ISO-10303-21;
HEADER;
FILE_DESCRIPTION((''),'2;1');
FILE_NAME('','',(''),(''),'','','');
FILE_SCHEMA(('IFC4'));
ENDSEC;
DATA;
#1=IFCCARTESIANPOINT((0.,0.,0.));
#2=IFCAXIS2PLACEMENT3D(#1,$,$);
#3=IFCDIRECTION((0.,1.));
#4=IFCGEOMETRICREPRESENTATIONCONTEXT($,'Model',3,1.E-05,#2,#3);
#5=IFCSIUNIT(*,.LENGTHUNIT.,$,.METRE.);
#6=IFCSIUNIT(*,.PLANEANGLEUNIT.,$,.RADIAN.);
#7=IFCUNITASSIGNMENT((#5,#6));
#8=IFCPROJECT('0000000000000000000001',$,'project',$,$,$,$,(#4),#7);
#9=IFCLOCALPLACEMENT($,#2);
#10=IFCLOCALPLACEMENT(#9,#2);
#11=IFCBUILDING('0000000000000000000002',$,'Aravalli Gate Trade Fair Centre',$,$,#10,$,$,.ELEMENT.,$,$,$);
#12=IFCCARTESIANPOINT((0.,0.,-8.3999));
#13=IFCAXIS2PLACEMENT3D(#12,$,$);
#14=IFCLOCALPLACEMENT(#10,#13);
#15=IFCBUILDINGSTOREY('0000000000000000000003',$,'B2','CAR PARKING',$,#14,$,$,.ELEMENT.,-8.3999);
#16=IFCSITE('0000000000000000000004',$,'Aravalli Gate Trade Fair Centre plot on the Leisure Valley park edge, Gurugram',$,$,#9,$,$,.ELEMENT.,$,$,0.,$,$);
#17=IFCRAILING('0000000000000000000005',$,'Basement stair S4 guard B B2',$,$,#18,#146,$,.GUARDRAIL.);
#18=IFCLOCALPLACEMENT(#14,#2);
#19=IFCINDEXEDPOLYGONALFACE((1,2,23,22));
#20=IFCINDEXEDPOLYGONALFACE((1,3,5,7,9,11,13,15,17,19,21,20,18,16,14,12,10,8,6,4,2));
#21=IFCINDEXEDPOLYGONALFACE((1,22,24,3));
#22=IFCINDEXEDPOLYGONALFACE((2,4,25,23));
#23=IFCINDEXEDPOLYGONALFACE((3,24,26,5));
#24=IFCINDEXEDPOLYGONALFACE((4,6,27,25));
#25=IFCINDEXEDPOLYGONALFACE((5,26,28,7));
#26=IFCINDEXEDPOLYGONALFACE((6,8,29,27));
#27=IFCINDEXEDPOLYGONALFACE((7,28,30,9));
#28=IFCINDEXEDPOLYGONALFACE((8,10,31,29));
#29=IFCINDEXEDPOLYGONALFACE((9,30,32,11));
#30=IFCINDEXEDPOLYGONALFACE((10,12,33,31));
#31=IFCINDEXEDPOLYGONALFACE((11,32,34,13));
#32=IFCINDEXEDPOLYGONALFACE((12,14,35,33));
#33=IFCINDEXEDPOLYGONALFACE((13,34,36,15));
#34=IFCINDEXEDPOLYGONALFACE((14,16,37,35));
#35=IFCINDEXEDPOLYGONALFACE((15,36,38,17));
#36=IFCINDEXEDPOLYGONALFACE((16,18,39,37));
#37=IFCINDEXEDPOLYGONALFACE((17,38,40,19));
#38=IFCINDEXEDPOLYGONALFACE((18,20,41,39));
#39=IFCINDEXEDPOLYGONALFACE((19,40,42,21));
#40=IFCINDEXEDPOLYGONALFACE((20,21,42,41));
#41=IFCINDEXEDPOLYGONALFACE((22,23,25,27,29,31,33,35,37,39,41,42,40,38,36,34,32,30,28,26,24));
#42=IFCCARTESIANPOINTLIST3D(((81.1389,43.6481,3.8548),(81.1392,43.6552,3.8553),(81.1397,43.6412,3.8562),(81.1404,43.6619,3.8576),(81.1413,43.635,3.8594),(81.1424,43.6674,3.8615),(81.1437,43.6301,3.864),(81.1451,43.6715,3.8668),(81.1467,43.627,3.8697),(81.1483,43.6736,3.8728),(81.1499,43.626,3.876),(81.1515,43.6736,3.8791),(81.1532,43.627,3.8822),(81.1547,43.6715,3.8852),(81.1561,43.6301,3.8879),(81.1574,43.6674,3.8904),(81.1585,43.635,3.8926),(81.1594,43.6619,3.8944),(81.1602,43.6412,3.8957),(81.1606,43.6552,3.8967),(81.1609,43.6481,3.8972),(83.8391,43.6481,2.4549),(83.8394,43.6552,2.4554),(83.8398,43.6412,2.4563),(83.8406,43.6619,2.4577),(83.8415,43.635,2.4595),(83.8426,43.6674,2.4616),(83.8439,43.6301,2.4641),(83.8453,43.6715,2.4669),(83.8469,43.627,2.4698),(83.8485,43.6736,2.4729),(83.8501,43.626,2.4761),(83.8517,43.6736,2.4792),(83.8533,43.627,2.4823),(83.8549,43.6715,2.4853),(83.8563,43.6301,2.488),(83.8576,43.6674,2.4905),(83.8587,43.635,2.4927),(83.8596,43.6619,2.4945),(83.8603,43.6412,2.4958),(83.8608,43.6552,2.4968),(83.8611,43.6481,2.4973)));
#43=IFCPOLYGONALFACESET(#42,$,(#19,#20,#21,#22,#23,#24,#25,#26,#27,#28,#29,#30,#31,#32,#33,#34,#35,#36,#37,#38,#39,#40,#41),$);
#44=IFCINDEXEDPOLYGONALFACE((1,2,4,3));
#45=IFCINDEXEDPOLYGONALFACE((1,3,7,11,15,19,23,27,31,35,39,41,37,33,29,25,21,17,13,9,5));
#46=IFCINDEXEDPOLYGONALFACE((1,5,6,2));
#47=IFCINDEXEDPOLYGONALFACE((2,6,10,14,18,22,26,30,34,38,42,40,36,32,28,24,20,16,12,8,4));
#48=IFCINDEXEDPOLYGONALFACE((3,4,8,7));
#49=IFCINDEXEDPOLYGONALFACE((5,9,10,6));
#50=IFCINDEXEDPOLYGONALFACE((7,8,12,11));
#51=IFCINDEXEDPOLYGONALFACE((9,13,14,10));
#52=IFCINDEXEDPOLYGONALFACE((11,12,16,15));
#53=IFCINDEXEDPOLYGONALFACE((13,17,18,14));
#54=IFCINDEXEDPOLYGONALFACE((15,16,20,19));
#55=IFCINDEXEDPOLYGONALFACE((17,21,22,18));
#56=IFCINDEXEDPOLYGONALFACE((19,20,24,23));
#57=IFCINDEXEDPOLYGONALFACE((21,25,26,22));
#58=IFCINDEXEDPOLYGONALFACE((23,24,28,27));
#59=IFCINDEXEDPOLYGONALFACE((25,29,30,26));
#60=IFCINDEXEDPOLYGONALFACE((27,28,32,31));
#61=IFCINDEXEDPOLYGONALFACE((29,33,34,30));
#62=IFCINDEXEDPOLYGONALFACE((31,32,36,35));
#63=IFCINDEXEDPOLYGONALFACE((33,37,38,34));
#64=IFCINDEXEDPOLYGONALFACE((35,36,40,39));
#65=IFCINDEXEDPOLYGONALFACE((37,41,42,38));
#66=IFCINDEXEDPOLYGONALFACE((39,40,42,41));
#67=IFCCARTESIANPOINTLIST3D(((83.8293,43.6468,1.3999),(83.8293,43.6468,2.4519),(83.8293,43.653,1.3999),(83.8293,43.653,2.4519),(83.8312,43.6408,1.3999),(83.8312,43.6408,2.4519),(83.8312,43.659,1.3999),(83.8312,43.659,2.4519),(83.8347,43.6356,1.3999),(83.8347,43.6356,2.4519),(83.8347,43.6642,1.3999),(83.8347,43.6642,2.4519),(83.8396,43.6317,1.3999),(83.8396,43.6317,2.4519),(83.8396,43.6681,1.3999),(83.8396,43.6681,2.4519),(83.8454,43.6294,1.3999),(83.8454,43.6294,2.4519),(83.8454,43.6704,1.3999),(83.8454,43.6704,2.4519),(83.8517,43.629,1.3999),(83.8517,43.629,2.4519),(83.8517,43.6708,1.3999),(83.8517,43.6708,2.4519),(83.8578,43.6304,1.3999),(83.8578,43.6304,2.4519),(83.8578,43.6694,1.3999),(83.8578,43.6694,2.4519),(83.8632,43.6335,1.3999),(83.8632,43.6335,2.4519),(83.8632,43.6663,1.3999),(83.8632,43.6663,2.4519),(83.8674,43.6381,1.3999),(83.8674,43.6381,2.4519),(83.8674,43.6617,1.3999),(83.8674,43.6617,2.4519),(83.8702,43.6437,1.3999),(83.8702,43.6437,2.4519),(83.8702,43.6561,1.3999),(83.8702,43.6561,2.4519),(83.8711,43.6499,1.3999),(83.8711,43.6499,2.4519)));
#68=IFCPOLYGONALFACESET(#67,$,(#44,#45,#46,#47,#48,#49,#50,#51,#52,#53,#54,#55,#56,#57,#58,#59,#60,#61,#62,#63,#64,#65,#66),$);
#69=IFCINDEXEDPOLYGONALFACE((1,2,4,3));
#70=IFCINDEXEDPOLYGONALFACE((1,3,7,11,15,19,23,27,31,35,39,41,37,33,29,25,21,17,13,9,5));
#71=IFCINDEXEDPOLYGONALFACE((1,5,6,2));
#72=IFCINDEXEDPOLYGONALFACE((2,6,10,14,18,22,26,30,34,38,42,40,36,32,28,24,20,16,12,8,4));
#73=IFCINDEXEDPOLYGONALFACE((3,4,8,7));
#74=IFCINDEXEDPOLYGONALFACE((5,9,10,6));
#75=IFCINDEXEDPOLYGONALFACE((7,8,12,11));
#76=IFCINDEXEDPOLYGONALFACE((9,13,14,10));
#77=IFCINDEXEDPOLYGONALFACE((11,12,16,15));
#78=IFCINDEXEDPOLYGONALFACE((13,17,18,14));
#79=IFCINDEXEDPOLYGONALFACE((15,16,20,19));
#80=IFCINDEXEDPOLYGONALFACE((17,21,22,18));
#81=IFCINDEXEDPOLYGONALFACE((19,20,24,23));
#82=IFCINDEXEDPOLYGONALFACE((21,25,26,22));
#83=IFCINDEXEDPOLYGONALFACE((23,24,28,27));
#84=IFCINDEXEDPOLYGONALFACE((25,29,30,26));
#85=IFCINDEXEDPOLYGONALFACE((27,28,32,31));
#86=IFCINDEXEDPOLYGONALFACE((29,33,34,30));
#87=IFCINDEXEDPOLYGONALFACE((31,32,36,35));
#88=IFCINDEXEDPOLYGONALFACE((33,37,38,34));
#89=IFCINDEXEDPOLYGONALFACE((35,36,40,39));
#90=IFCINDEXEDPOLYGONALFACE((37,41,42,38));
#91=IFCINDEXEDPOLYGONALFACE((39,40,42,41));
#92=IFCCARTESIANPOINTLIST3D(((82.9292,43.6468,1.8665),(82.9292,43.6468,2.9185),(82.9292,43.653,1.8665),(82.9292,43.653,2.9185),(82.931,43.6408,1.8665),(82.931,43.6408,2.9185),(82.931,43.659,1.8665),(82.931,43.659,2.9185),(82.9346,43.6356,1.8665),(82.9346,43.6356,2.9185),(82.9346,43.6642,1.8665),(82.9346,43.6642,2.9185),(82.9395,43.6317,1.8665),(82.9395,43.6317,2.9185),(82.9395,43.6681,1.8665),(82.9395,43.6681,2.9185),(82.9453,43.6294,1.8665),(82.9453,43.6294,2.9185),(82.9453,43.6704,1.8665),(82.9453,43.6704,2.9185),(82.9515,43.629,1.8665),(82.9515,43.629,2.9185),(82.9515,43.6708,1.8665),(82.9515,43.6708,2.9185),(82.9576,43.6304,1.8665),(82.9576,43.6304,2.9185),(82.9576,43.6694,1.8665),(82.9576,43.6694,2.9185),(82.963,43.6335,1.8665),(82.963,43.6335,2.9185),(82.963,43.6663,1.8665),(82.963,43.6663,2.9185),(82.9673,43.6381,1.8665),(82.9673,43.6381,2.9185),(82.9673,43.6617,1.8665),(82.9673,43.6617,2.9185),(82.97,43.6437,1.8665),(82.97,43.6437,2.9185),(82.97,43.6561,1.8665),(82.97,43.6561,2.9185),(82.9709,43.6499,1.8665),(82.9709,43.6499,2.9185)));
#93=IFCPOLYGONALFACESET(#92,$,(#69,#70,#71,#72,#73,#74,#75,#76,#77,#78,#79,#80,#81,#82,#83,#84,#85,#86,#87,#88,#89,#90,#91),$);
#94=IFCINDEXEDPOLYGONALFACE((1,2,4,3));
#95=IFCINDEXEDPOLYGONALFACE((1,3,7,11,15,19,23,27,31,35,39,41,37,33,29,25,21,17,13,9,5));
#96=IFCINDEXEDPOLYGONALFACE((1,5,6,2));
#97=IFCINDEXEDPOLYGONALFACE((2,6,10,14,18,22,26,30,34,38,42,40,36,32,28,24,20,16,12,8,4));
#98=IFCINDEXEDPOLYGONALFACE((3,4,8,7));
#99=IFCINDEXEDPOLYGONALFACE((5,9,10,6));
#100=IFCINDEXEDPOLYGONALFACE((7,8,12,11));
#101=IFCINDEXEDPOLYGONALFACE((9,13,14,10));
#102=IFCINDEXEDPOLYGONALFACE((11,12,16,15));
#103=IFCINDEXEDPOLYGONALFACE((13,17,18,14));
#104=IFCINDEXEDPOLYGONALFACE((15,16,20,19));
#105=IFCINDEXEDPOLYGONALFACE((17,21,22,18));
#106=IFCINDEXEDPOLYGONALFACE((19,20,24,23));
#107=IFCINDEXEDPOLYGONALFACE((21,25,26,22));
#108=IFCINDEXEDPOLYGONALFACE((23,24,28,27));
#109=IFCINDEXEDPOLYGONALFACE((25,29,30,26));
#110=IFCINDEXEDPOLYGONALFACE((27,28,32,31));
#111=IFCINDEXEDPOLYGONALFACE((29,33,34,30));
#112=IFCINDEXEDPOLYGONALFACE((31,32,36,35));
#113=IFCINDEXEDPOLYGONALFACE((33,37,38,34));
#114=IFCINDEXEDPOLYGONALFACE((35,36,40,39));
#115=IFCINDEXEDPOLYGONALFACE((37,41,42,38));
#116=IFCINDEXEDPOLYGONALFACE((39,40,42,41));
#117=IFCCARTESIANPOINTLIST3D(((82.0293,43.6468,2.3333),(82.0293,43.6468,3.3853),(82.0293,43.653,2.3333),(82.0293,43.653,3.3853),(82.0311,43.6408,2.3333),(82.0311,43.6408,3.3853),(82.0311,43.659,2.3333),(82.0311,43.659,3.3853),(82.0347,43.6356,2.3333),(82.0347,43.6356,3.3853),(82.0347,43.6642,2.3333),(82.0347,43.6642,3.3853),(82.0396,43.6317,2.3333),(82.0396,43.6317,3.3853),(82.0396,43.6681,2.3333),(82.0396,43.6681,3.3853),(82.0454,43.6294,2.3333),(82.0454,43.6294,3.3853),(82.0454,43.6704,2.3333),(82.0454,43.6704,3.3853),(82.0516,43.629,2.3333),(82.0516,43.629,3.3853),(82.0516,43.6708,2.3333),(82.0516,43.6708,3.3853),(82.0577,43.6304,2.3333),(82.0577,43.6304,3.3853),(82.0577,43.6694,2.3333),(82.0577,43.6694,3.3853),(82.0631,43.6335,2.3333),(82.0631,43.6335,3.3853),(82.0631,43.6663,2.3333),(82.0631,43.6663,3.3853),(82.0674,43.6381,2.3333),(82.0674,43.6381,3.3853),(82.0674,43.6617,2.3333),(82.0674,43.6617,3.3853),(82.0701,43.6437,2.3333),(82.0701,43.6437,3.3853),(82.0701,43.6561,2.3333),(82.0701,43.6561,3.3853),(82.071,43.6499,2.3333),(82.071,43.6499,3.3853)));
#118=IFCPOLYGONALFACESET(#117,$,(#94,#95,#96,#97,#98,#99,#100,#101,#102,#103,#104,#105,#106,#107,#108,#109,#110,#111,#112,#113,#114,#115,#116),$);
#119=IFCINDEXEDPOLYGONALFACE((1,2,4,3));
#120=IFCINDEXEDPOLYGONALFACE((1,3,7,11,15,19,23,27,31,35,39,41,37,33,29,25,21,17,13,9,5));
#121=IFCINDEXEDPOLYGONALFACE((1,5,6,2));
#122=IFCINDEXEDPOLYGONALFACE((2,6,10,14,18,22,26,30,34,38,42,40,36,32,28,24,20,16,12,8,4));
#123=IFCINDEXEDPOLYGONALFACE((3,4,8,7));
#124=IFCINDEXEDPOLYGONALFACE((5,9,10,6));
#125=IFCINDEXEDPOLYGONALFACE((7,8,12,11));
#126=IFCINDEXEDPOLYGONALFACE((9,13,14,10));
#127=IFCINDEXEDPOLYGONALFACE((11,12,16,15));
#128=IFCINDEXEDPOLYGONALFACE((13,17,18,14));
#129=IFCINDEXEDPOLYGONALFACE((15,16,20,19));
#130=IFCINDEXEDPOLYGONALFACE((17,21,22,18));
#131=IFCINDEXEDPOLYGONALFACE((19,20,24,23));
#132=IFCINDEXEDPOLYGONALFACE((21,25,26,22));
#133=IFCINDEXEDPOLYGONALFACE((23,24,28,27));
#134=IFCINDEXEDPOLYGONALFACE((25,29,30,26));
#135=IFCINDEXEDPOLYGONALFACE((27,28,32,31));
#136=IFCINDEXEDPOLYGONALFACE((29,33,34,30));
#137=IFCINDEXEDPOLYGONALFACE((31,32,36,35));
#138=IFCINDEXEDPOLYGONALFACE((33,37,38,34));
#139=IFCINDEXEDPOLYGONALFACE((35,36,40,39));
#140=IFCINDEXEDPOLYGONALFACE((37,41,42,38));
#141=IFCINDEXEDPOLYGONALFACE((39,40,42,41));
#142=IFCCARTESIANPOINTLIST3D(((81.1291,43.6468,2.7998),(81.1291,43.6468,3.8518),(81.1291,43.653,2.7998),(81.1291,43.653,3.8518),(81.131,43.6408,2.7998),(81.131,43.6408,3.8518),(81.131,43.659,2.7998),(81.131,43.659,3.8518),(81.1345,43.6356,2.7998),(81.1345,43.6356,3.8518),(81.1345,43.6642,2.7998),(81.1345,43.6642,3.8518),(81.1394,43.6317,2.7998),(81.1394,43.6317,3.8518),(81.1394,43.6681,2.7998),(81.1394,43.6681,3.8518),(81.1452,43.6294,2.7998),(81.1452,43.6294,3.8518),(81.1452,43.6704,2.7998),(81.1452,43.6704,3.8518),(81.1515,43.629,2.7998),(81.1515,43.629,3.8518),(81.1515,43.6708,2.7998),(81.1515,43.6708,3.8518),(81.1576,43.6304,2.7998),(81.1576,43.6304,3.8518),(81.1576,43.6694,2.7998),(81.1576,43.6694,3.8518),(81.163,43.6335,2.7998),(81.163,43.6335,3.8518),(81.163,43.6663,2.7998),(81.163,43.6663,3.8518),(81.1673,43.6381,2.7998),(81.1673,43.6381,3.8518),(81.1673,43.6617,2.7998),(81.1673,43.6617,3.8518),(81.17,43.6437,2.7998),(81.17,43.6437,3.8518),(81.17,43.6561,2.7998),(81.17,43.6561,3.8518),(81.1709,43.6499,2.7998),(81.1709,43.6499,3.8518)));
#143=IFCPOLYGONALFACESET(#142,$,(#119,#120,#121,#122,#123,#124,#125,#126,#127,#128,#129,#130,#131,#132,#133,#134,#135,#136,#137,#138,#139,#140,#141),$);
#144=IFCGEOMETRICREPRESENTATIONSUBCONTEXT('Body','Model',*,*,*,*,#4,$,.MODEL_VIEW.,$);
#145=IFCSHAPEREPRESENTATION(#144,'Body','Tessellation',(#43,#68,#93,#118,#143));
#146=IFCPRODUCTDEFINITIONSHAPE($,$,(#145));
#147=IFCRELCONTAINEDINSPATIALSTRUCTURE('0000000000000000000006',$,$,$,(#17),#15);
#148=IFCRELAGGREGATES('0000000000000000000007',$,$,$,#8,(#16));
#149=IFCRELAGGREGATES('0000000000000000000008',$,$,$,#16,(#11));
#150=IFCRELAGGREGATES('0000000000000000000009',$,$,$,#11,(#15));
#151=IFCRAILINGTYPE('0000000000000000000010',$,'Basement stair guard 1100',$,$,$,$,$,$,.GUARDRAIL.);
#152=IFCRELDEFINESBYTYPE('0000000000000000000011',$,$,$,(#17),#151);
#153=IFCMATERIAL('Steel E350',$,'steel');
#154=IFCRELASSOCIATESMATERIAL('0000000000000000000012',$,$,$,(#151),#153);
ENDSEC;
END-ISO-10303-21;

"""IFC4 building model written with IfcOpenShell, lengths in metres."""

from ifc_helpers import new_model, si_unit, direction, frame, origin, origin_2d, place, context, subcontext, project, spatial, circle, extrude, material, type_object, element, save


model = new_model("IFC4")

# Units and contexts
model_context = context("Model", 3, precision=1e-05, world=origin(), true_north=direction((0.0, 1.0)))
body_context = subcontext(model_context, "Body", "Model", "MODEL_VIEW")
ifc_project = project(units=[si_unit("LENGTHUNIT", "METRE"), si_unit("PLANEANGLEUNIT", "RADIAN")], contexts=[model_context])

# Site, building, storey
site_placement = place(None, origin())
site = spatial("IfcSite", under=ifc_project, at=site_placement, Name="Aravalli Gate Trade Fair Centre plot on the Leisure Valley park edge, Gurugram", CompositionType="ELEMENT", RefElevation=0.0)
building_placement = place(site_placement, origin())
building = spatial("IfcBuilding", under=site, at=building_placement, Name="Aravalli Gate Trade Fair Centre", CompositionType="ELEMENT")
storey_placement = place(building_placement, frame((0.0, 0.0, -8.3999)))
storey = spatial("IfcBuildingStorey", under=building, at=storey_placement, Name="B2", Description="CAR PARKING", CompositionType="ELEMENT", Elevation=-8.3999)

# Railing
ifc_material_1 = material(Name="Steel E350", Category="steel")
railing_type_1 = type_object("IfcRailingType", Name="Basement stair guard 1100", PredefinedType="GUARDRAIL", material=ifc_material_1)
railing_1_placement = place(storey_placement, frame((83.8501, 43.6499, 1.3999)))
element("IfcRailing", 1, at=railing_1_placement, inside=storey, type_object=railing_type_1, Name="Basement stair S4 guard B B2", PredefinedType="GUARDRAIL", context=body_context, shape_type="SweptSolid", body=[
    extrude(circle(Radius=0.0239, at=origin_2d()), frame((0.0, 0.0, 1.0762), z_axis=(-0.887781, 0.0, 0.460266), x_axis=(0.0, -1.0, 0.0)), (0.0, 0.0, 1.0), 3.0415),
    extrude(circle(Radius=0.021, at=origin_2d()), origin(), (0.0, 0.0, 1.0), 1.052),
    extrude(circle(Radius=0.021, at=origin_2d()), frame((-0.9001, 0.0, 0.4666)), (0.0, 0.0, 1.0), 1.052),
    extrude(circle(Radius=0.021, at=origin_2d()), frame((-1.8, 0.0, 0.9333)), (0.0, 0.0, 1.0), 1.052),
    extrude(circle(Radius=0.021, at=origin_2d()), frame((-2.7002, 0.0, 1.3999)), (0.0, 0.0, 1.0), 1.052),
])

save(model, "model.ifc")
